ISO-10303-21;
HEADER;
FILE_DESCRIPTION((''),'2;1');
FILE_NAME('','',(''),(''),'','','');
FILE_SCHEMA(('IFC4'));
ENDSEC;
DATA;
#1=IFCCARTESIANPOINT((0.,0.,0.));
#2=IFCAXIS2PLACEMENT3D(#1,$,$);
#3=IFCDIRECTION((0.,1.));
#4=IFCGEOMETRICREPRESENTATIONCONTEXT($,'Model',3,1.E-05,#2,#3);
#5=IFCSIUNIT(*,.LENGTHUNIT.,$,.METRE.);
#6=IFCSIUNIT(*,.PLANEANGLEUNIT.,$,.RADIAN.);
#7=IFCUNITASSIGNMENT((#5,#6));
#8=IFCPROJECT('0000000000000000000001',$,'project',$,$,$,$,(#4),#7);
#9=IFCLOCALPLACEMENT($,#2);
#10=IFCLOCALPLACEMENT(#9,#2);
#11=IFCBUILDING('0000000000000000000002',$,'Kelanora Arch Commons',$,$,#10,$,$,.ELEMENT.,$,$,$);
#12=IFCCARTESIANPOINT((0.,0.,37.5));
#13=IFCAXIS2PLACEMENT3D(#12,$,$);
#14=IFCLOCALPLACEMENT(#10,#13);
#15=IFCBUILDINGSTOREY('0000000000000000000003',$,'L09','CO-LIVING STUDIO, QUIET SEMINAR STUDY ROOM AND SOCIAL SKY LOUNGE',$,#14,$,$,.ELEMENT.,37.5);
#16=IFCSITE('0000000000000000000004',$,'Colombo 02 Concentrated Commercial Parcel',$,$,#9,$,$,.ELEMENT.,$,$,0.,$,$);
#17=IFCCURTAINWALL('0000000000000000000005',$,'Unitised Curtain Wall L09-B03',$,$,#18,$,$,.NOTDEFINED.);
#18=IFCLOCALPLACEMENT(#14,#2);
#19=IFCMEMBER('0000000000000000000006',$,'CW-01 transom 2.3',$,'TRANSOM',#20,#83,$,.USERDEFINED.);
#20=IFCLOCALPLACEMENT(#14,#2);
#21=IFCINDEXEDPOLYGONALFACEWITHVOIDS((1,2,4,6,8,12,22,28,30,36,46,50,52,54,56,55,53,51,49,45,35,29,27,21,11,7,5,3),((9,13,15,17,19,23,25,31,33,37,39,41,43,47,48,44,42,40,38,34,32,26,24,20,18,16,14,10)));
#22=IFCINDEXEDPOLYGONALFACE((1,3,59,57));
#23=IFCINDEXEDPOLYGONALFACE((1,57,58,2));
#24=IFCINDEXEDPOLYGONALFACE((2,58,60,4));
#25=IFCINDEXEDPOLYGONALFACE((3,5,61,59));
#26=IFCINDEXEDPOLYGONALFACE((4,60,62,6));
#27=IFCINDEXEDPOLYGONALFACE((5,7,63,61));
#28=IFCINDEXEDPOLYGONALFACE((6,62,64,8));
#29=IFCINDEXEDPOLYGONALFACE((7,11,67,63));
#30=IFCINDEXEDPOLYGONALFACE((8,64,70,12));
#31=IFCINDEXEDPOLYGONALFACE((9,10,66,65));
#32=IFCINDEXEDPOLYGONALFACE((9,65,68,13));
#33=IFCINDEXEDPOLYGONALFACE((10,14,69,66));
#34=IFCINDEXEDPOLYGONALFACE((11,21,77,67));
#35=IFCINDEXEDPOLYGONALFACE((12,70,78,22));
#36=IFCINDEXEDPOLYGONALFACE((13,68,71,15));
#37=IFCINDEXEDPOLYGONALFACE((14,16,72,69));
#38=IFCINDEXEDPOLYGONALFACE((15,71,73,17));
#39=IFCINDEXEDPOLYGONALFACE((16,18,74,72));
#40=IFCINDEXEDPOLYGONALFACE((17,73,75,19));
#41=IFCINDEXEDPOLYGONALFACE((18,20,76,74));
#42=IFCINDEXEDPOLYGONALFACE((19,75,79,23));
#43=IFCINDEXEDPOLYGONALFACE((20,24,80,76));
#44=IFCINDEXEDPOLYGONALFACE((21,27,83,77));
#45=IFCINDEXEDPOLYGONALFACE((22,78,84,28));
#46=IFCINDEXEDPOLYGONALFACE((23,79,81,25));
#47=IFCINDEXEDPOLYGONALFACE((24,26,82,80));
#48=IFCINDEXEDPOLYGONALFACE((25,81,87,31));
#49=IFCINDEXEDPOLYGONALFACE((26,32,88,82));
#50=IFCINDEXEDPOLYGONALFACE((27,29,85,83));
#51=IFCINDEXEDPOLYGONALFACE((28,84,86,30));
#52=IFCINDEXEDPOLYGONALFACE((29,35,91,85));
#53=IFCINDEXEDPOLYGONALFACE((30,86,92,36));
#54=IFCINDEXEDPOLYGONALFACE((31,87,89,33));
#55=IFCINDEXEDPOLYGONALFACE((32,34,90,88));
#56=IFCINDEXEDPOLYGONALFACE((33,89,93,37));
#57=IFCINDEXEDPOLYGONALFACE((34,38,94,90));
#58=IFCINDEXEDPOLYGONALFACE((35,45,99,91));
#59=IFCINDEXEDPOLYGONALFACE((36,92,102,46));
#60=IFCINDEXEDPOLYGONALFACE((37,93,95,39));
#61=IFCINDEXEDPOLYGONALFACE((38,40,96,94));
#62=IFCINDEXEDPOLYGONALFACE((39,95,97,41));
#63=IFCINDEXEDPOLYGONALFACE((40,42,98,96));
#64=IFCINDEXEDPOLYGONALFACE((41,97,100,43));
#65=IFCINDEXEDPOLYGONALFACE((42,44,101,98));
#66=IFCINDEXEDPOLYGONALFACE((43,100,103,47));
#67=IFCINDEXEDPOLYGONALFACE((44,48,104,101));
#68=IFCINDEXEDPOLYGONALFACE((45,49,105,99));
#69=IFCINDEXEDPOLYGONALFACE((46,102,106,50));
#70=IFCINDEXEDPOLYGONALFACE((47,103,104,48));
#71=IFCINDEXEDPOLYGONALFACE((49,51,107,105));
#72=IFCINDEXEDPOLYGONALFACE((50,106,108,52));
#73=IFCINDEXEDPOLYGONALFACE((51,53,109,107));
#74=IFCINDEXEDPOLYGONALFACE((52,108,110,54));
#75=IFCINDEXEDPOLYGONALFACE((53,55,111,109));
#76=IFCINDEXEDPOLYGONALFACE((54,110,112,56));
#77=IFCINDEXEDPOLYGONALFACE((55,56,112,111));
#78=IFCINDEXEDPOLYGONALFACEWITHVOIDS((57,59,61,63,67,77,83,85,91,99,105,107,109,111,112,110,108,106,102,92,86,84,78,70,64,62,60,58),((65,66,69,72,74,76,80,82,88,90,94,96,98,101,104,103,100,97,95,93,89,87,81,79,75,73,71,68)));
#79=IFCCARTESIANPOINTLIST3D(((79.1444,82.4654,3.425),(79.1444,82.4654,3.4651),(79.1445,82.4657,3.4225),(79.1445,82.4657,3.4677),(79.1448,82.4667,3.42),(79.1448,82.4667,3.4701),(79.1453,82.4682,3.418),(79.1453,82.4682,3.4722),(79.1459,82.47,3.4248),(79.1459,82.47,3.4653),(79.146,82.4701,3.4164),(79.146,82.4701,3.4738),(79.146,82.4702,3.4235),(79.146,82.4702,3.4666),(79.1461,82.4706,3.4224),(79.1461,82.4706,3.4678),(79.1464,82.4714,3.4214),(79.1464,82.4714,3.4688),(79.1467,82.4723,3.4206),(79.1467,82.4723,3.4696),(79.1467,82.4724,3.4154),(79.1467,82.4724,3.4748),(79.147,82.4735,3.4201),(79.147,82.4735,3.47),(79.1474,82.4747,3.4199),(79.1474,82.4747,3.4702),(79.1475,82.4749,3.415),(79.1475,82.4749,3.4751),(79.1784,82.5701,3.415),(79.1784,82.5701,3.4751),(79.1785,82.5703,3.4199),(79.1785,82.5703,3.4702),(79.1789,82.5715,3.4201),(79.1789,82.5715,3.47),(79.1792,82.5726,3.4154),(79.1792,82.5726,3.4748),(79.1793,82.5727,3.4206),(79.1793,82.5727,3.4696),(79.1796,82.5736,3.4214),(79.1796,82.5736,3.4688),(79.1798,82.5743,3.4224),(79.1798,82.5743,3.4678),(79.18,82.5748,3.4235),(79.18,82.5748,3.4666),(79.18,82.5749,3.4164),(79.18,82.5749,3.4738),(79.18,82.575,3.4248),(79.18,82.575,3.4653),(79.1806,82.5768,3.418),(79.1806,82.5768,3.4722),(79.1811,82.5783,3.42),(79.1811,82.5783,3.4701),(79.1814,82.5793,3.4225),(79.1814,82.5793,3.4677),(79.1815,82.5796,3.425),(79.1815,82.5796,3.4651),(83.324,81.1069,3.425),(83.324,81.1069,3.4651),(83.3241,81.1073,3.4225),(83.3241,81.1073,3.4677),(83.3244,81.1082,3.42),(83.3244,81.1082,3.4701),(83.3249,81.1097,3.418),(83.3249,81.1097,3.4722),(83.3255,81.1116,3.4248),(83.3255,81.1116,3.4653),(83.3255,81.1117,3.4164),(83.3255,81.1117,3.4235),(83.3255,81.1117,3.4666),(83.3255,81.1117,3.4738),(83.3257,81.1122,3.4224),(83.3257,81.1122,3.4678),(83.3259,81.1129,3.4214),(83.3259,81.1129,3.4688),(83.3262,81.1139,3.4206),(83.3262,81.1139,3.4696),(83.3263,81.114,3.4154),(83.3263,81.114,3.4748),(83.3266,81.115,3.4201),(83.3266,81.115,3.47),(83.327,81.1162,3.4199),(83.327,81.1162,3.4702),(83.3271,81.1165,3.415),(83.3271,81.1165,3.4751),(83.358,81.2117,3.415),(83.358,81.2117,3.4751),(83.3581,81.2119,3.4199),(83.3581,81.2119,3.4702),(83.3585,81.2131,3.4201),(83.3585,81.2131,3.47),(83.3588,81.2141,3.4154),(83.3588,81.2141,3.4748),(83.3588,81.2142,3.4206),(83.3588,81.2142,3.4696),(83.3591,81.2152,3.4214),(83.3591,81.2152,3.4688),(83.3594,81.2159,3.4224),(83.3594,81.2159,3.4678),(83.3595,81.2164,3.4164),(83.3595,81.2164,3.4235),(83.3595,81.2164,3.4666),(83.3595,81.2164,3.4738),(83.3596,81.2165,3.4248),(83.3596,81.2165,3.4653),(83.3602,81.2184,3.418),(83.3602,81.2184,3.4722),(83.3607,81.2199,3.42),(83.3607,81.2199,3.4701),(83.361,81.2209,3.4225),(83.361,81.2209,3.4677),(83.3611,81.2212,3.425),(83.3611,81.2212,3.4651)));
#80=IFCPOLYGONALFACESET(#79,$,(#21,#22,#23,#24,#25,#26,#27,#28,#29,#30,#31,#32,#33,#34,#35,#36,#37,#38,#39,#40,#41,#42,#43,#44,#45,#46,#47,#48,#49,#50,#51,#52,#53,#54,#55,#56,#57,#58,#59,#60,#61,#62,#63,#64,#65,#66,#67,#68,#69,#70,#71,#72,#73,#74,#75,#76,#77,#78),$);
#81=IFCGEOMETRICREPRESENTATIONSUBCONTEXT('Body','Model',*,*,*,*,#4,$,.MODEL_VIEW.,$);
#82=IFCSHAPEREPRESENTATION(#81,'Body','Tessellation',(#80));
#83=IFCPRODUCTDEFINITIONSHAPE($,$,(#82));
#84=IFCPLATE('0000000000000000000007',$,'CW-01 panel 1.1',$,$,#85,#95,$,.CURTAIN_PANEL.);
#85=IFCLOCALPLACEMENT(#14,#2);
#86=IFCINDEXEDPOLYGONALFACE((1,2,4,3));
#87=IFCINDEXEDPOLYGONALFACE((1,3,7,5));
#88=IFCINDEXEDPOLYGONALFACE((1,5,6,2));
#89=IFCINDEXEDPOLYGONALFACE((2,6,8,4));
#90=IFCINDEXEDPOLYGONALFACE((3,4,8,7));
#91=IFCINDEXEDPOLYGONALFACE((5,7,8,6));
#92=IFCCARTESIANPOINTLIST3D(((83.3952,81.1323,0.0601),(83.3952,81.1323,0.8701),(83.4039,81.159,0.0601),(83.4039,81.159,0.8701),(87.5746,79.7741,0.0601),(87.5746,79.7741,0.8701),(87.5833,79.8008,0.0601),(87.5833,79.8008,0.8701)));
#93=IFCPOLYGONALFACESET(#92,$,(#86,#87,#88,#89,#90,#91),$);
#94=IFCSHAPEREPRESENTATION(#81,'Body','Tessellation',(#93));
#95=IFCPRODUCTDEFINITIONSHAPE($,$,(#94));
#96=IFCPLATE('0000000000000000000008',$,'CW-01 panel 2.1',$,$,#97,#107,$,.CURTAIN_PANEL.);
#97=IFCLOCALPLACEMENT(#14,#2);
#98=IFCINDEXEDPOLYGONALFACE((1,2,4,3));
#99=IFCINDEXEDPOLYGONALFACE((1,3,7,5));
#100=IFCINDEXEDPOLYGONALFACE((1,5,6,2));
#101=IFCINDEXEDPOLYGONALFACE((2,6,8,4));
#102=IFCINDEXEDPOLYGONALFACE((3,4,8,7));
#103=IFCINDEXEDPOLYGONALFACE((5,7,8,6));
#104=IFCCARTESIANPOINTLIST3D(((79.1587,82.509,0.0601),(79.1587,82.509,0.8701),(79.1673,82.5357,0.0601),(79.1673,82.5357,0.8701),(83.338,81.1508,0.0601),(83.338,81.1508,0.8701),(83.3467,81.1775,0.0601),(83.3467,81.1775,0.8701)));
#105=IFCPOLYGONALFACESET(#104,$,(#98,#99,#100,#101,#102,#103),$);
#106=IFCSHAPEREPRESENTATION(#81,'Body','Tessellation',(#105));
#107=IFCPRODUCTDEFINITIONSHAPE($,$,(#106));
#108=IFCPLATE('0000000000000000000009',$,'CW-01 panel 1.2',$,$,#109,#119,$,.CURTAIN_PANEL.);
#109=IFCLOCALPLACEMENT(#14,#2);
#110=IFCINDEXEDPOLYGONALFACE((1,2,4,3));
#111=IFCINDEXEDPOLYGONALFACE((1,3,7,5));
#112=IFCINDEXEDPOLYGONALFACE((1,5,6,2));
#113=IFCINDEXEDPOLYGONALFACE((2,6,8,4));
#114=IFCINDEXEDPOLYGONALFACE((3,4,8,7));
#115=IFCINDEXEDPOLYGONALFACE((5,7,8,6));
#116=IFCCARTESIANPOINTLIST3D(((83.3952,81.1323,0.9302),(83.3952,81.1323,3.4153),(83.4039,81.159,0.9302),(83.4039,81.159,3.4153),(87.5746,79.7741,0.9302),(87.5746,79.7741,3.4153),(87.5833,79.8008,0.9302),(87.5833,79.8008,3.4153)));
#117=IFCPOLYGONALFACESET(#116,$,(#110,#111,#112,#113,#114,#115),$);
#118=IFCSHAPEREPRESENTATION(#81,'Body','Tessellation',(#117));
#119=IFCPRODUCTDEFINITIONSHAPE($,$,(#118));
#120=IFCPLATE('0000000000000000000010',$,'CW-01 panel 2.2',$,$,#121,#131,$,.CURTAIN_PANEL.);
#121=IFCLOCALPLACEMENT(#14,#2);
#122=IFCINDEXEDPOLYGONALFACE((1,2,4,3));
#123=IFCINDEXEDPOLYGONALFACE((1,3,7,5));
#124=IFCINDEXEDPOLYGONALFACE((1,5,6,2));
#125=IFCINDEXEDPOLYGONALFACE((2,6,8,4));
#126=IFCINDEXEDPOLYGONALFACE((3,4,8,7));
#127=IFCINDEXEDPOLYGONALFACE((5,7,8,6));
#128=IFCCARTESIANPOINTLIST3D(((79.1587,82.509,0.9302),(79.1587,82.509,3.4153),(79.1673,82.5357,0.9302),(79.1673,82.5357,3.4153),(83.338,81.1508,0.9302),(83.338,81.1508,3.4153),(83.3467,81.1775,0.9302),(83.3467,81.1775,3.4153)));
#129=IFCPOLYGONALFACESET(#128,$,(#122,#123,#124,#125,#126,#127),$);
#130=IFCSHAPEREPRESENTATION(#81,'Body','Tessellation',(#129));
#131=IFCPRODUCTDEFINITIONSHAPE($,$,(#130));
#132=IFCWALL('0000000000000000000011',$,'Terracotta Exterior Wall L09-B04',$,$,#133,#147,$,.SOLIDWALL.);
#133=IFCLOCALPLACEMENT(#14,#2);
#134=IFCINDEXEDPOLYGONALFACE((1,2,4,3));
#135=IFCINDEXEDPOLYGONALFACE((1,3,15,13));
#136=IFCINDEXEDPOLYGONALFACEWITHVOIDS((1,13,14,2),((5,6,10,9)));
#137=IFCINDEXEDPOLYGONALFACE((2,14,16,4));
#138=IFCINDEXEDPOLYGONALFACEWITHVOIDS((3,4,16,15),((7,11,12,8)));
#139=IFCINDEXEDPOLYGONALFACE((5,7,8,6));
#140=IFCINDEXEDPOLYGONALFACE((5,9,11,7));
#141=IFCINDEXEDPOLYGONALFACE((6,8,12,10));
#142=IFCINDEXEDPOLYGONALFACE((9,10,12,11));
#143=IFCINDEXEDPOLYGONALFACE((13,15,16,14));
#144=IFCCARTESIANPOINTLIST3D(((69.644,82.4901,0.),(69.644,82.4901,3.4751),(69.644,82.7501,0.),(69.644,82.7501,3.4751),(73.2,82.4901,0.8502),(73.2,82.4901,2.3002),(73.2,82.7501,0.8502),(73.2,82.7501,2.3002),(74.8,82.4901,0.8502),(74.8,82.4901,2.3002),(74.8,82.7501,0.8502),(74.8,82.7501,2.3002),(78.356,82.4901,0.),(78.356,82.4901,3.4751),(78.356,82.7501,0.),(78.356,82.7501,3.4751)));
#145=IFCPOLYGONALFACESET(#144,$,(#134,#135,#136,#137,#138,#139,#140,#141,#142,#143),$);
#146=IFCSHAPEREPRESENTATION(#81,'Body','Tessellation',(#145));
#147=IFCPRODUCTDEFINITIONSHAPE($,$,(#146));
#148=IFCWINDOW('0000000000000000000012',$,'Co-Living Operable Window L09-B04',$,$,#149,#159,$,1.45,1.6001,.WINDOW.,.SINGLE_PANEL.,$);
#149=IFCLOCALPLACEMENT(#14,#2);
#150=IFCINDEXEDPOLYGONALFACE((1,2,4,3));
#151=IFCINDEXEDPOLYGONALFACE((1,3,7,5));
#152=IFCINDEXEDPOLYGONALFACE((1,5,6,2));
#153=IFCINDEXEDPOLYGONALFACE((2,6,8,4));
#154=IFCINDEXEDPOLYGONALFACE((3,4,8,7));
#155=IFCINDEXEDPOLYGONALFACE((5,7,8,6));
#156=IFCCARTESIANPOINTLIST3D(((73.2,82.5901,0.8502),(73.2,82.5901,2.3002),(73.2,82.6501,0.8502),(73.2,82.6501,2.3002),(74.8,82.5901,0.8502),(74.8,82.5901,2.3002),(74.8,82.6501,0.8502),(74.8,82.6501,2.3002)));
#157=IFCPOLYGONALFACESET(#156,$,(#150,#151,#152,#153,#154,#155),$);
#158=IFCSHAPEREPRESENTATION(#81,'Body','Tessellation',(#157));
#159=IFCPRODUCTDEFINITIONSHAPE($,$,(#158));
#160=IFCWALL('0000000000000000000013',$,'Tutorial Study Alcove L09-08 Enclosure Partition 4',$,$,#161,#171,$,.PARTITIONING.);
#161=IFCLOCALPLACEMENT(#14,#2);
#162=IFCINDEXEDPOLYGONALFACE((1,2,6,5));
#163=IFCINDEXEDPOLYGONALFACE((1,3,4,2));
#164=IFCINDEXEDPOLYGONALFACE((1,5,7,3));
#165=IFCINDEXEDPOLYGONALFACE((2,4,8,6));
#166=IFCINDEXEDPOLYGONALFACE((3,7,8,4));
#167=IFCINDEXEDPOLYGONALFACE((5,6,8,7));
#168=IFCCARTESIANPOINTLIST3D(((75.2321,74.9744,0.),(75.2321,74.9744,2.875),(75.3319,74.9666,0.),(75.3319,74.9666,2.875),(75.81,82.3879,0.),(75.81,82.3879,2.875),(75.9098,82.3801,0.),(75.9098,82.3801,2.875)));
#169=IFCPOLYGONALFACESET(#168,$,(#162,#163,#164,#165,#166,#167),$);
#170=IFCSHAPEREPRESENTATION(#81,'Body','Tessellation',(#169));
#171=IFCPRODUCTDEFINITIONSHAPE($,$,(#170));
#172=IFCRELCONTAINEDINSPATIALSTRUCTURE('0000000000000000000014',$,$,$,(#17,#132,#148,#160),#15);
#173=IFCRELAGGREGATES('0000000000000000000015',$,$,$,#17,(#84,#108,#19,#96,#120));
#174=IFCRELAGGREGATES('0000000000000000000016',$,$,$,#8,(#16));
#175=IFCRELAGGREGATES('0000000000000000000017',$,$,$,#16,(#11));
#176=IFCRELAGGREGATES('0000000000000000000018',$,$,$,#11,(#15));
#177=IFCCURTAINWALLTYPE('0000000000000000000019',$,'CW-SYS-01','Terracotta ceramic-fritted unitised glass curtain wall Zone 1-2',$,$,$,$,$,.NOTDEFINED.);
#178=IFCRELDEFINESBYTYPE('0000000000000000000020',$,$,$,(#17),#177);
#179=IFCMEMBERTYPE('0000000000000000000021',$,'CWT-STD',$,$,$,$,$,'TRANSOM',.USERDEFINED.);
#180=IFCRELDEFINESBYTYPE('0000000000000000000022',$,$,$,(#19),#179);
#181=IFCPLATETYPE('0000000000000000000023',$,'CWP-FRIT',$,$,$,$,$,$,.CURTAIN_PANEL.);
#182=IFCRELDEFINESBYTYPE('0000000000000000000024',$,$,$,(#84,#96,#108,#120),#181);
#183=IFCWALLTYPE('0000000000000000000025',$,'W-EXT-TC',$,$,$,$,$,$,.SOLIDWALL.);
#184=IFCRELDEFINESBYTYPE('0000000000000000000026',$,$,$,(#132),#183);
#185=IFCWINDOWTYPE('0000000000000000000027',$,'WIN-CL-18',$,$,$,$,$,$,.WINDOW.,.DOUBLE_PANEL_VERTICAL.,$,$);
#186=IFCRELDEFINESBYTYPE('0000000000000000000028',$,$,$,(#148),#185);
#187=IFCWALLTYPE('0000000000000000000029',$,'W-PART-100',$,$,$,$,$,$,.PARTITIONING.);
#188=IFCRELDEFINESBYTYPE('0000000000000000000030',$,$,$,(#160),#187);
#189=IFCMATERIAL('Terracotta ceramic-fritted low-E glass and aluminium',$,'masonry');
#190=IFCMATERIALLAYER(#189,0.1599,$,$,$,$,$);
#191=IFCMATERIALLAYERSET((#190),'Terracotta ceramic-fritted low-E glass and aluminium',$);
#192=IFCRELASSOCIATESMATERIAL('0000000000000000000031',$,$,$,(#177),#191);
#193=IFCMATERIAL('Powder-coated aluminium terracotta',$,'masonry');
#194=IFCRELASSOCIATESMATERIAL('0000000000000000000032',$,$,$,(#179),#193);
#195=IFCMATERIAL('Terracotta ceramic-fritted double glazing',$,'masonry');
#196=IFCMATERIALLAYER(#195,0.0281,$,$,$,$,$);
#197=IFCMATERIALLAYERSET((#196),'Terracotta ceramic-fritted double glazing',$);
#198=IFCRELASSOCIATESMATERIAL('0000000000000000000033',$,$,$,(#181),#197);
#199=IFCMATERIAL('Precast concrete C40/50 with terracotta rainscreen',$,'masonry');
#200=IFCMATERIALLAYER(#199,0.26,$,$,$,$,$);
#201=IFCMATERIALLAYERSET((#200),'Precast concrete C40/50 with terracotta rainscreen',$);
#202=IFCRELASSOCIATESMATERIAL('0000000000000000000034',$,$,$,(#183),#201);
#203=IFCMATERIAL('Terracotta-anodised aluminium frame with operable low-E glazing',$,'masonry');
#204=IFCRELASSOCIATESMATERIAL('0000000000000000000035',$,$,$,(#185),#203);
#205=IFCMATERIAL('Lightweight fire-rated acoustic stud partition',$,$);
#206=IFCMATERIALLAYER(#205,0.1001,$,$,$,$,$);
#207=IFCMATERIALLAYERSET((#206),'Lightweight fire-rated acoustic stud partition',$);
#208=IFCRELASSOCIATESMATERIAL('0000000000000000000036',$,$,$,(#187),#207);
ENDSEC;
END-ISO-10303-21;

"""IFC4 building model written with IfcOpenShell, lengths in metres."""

from ifc_helpers import new_model, si_unit, direction, frame, frame_2d, origin, origin_2d, place, context, subcontext, project, spatial, rectangle, hollow_rectangle, extrude, source, transform, mapped, material, layer, layer_set, material_profile, profile_set, type_object, element, fill, aggregate, save


model = new_model("IFC4")

# Units and contexts
model_context = context("Model", 3, precision=1e-05, world=origin(), true_north=direction((0.0, 1.0)))
body_context = subcontext(model_context, "Body", "Model", "MODEL_VIEW")
ifc_project = project(units=[si_unit("LENGTHUNIT", "METRE"), si_unit("PLANEANGLEUNIT", "RADIAN")], contexts=[model_context])

# Site, building, storey
site_placement = place(None, origin())
site = spatial("IfcSite", under=ifc_project, at=site_placement, Name="Colombo 02 Concentrated Commercial Parcel", CompositionType="ELEMENT", RefElevation=0.0)
building_placement = place(site_placement, origin())
building = spatial("IfcBuilding", under=site, at=building_placement, Name="Kelanora Arch Commons", CompositionType="ELEMENT")
storey_placement = place(building_placement, frame((0.0, 0.0, 37.5)))
storey = spatial("IfcBuildingStorey", under=building, at=storey_placement, Name="L09", Description="CO-LIVING STUDIO, QUIET SEMINAR STUDY ROOM AND SOCIAL SKY LOUNGE", CompositionType="ELEMENT", Elevation=37.5)

# Curtain wall, member, plates
ifc_material_1 = material(Name="Terracotta ceramic-fritted low-E glass and aluminium", Category="masonry")
ifc_layer_1 = layer(ifc_material_1, 0.1599)
ifc_layer_set_1 = layer_set([ifc_layer_1], Name="Terracotta ceramic-fritted low-E glass and aluminium")
curtain_wall_type = type_object("IfcCurtainWallType", Name="CW-SYS-01", Description="Terracotta ceramic-fritted unitised glass curtain wall Zone 1-2", PredefinedType="NOTDEFINED", material=ifc_layer_set_1)
curtain_wall_placement = place(storey_placement, origin())
curtain_wall = element("IfcCurtainWall", 1, at=curtain_wall_placement, inside=storey, type_object=curtain_wall_type, Name="Unitised Curtain Wall L09-B03", PredefinedType="NOTDEFINED")
ifc_material_2 = material(Name="Powder-coated aluminium terracotta", Category="masonry")
ifc_material_profile_1 = material_profile(ifc_material_2, hollow_rectangle(XDim=0.1201, YDim=0.0601, WallThickness=0.0049, InnerFilletRadius=0.0049, OuterFilletRadius=0.01, at=origin_2d()), Name="CWT120x60")
ifc_profile_set_1 = profile_set([ifc_material_profile_1], Name="Powder-coated aluminium terracotta")
member_type_1 = type_object("IfcMemberType", Name="CWT-STD", ElementType="TRANSOM", PredefinedType="USERDEFINED", material=ifc_profile_set_1)
member_1_placement = place(storey_placement, frame((83.3425, 81.1641, 3.4451), z_axis=(-0.951029, 0.309102, 0.0), x_axis=(-0.309102, -0.951029, 0.0)))
member_1 = element("IfcMember", 2, at=member_1_placement, type_object=member_type_1, Name="CW-01 transom 2.3", ObjectType="TRANSOM", PredefinedType="USERDEFINED", context=body_context, shape_type="SweptSolid", body=[
    extrude(hollow_rectangle(XDim=0.1201, YDim=0.0601, WallThickness=0.0049, InnerFilletRadius=0.0049, OuterFilletRadius=0.01, at=origin_2d()), origin(), (0.0, 0.0, 1.0), 4.3948),
])
ifc_material_3 = material(Name="Terracotta ceramic-fritted double glazing", Category="masonry")
ifc_layer_2 = layer(ifc_material_3, 0.0281)
ifc_layer_set_2 = layer_set([ifc_layer_2], Name="Terracotta ceramic-fritted double glazing")
plate_type = type_object("IfcPlateType", Name="CWP-FRIT", PredefinedType="CURTAIN_PANEL", material=ifc_layer_set_2)
shared_shape_1 = source(origin(), body_context, "Body", "SweptSolid", [
    extrude(rectangle(XDim=4.3945, YDim=0.0281, at=origin_2d()), origin(), (0.0, 0.0, 1.0), 0.8101),
])
plate_1_placement = place(storey_placement, frame((85.4893, 80.4666, 0.0601), z_axis=(0.0, 0.0, 1.0), x_axis=(-0.951043, 0.309058, 0.0)))
plate_1 = element("IfcPlate", 3, at=plate_1_placement, type_object=plate_type, Name="CW-01 panel 1.1", PredefinedType="CURTAIN_PANEL", context=body_context, shape_type="MappedRepresentation", body=[
    mapped(shared_shape_1, transform((0.0, 0.0, 0.0), scale=1.0)),
])
plate_2_placement = place(storey_placement, frame((81.2527, 81.8433, 0.0601), z_axis=(0.0, 0.0, 1.0), x_axis=(-0.951043, 0.309058, 0.0)))
plate_2 = element("IfcPlate", 4, at=plate_2_placement, type_object=plate_type, Name="CW-01 panel 2.1", PredefinedType="CURTAIN_PANEL", context=body_context, shape_type="MappedRepresentation", body=[
    mapped(shared_shape_1, transform((0.0, 0.0, 0.0), scale=1.0)),
])
shared_shape_2 = source(origin(), body_context, "Body", "SweptSolid", [
    extrude(rectangle(XDim=4.3945, YDim=0.0281, at=origin_2d()), origin(), (0.0, 0.0, 1.0), 2.4851),
])
plate_3_placement = place(storey_placement, frame((85.4893, 80.4666, 0.9302), z_axis=(0.0, 0.0, 1.0), x_axis=(-0.951043, 0.309058, 0.0)))
plate_3 = element("IfcPlate", 5, at=plate_3_placement, type_object=plate_type, Name="CW-01 panel 1.2", PredefinedType="CURTAIN_PANEL", context=body_context, shape_type="MappedRepresentation", body=[
    mapped(shared_shape_2, transform((0.0, 0.0, 0.0), scale=1.0)),
])
plate_4_placement = place(storey_placement, frame((81.2527, 81.8433, 0.9302), z_axis=(0.0, 0.0, 1.0), x_axis=(-0.951043, 0.309058, 0.0)))
plate_4 = element("IfcPlate", 6, at=plate_4_placement, type_object=plate_type, Name="CW-01 panel 2.2", PredefinedType="CURTAIN_PANEL", context=body_context, shape_type="MappedRepresentation", body=[
    mapped(shared_shape_2, transform((0.0, 0.0, 0.0), scale=1.0)),
])
aggregate(curtain_wall, [plate_1, plate_3, member_1, plate_2, plate_4])

# Wall, opening, window
ifc_material_4 = material(Name="Precast concrete C40/50 with terracotta rainscreen", Category="masonry")
ifc_layer_3 = layer(ifc_material_4, 0.26)
ifc_layer_set_3 = layer_set([ifc_layer_3], Name="Precast concrete C40/50 with terracotta rainscreen")
wall_type_1 = type_object("IfcWallType", Name="W-EXT-TC", PredefinedType="SOLIDWALL", material=ifc_layer_set_3)
wall_1_placement = place(storey_placement, frame((78.356, 82.6201, 0.0), z_axis=(0.0, 0.0, 1.0), x_axis=(-1.0, 0.0, 0.0)))
wall_1 = element("IfcWall", 7, at=wall_1_placement, inside=storey, type_object=wall_type_1, Name="Terracotta Exterior Wall L09-B04", PredefinedType="SOLIDWALL", context=body_context, shape_type="SweptSolid", body=[
    extrude(rectangle(XDim=8.7119, YDim=0.26, at=frame_2d((4.356, 0.0))), origin(), (0.0, 0.0, 1.0), 3.4751),
])
opening_1_placement = place(wall_1_placement, frame((3.5559, 0.0, 0.8501)))
opening_1 = element("IfcOpeningElement", 8, at=opening_1_placement, cuts=wall_1, PredefinedType="OPENING", context=body_context, shape_type="SweptSolid", body=[
    extrude(rectangle(XDim=1.6001, YDim=1.45, at=frame_2d((0.8, 0.7251))), frame((0.0, 0.1401, 0.0), z_axis=(0.0, -1.0, 0.0), x_axis=(1.0, 0.0, 0.0)), (0.0, 0.0, 1.0), 0.28),
])
ifc_material_5 = material(Name="Terracotta-anodised aluminium frame with operable low-E glazing", Category="masonry")
window_type = type_object("IfcWindowType", Name="WIN-CL-18", PartitioningType="DOUBLE_PANEL_VERTICAL", PredefinedType="WINDOW", material=ifc_material_5)
window_placement = place(opening_1_placement, origin())
window = element("IfcWindow", 9, at=window_placement, inside=storey, type_object=window_type, Name="Co-Living Operable Window L09-B04", OverallHeight=1.45, OverallWidth=1.6001, PartitioningType="SINGLE_PANEL", PredefinedType="WINDOW", context=body_context, shape_type="SweptSolid", body=[
    extrude(rectangle(XDim=1.6001, YDim=1.45, at=frame_2d((0.8, 0.7251))), frame((0.0, 0.03, 0.0), z_axis=(0.0, -1.0, 0.0), x_axis=(1.0, 0.0, 0.0)), (0.0, 0.0, 1.0), 0.0601),
])
fill(opening_1, window)

# Wall
ifc_material_6 = material(Name="Lightweight fire-rated acoustic stud partition")
ifc_layer_4 = layer(ifc_material_6, 0.1001)
ifc_layer_set_4 = layer_set([ifc_layer_4], Name="Lightweight fire-rated acoustic stud partition")
wall_type_2 = type_object("IfcWallType", Name="W-PART-100", PredefinedType="PARTITIONING", material=ifc_layer_set_4)
wall_2_placement = place(storey_placement, frame((75.8599, 82.384, 0.0), z_axis=(0.0, 0.0, 1.0), x_axis=(-0.077713, -0.996976, 0.0)))
element("IfcWall", 10, at=wall_2_placement, inside=storey, type_object=wall_type_2, Name="Tutorial Study Alcove L09-08 Enclosure Partition 4", PredefinedType="PARTITIONING", context=body_context, shape_type="SweptSolid", body=[
    extrude(rectangle(XDim=7.436, YDim=0.1001, at=frame_2d((3.718, 0.0))), origin(), (0.0, 0.0, 1.0), 2.875),
])

save(model, "model.ifc")
